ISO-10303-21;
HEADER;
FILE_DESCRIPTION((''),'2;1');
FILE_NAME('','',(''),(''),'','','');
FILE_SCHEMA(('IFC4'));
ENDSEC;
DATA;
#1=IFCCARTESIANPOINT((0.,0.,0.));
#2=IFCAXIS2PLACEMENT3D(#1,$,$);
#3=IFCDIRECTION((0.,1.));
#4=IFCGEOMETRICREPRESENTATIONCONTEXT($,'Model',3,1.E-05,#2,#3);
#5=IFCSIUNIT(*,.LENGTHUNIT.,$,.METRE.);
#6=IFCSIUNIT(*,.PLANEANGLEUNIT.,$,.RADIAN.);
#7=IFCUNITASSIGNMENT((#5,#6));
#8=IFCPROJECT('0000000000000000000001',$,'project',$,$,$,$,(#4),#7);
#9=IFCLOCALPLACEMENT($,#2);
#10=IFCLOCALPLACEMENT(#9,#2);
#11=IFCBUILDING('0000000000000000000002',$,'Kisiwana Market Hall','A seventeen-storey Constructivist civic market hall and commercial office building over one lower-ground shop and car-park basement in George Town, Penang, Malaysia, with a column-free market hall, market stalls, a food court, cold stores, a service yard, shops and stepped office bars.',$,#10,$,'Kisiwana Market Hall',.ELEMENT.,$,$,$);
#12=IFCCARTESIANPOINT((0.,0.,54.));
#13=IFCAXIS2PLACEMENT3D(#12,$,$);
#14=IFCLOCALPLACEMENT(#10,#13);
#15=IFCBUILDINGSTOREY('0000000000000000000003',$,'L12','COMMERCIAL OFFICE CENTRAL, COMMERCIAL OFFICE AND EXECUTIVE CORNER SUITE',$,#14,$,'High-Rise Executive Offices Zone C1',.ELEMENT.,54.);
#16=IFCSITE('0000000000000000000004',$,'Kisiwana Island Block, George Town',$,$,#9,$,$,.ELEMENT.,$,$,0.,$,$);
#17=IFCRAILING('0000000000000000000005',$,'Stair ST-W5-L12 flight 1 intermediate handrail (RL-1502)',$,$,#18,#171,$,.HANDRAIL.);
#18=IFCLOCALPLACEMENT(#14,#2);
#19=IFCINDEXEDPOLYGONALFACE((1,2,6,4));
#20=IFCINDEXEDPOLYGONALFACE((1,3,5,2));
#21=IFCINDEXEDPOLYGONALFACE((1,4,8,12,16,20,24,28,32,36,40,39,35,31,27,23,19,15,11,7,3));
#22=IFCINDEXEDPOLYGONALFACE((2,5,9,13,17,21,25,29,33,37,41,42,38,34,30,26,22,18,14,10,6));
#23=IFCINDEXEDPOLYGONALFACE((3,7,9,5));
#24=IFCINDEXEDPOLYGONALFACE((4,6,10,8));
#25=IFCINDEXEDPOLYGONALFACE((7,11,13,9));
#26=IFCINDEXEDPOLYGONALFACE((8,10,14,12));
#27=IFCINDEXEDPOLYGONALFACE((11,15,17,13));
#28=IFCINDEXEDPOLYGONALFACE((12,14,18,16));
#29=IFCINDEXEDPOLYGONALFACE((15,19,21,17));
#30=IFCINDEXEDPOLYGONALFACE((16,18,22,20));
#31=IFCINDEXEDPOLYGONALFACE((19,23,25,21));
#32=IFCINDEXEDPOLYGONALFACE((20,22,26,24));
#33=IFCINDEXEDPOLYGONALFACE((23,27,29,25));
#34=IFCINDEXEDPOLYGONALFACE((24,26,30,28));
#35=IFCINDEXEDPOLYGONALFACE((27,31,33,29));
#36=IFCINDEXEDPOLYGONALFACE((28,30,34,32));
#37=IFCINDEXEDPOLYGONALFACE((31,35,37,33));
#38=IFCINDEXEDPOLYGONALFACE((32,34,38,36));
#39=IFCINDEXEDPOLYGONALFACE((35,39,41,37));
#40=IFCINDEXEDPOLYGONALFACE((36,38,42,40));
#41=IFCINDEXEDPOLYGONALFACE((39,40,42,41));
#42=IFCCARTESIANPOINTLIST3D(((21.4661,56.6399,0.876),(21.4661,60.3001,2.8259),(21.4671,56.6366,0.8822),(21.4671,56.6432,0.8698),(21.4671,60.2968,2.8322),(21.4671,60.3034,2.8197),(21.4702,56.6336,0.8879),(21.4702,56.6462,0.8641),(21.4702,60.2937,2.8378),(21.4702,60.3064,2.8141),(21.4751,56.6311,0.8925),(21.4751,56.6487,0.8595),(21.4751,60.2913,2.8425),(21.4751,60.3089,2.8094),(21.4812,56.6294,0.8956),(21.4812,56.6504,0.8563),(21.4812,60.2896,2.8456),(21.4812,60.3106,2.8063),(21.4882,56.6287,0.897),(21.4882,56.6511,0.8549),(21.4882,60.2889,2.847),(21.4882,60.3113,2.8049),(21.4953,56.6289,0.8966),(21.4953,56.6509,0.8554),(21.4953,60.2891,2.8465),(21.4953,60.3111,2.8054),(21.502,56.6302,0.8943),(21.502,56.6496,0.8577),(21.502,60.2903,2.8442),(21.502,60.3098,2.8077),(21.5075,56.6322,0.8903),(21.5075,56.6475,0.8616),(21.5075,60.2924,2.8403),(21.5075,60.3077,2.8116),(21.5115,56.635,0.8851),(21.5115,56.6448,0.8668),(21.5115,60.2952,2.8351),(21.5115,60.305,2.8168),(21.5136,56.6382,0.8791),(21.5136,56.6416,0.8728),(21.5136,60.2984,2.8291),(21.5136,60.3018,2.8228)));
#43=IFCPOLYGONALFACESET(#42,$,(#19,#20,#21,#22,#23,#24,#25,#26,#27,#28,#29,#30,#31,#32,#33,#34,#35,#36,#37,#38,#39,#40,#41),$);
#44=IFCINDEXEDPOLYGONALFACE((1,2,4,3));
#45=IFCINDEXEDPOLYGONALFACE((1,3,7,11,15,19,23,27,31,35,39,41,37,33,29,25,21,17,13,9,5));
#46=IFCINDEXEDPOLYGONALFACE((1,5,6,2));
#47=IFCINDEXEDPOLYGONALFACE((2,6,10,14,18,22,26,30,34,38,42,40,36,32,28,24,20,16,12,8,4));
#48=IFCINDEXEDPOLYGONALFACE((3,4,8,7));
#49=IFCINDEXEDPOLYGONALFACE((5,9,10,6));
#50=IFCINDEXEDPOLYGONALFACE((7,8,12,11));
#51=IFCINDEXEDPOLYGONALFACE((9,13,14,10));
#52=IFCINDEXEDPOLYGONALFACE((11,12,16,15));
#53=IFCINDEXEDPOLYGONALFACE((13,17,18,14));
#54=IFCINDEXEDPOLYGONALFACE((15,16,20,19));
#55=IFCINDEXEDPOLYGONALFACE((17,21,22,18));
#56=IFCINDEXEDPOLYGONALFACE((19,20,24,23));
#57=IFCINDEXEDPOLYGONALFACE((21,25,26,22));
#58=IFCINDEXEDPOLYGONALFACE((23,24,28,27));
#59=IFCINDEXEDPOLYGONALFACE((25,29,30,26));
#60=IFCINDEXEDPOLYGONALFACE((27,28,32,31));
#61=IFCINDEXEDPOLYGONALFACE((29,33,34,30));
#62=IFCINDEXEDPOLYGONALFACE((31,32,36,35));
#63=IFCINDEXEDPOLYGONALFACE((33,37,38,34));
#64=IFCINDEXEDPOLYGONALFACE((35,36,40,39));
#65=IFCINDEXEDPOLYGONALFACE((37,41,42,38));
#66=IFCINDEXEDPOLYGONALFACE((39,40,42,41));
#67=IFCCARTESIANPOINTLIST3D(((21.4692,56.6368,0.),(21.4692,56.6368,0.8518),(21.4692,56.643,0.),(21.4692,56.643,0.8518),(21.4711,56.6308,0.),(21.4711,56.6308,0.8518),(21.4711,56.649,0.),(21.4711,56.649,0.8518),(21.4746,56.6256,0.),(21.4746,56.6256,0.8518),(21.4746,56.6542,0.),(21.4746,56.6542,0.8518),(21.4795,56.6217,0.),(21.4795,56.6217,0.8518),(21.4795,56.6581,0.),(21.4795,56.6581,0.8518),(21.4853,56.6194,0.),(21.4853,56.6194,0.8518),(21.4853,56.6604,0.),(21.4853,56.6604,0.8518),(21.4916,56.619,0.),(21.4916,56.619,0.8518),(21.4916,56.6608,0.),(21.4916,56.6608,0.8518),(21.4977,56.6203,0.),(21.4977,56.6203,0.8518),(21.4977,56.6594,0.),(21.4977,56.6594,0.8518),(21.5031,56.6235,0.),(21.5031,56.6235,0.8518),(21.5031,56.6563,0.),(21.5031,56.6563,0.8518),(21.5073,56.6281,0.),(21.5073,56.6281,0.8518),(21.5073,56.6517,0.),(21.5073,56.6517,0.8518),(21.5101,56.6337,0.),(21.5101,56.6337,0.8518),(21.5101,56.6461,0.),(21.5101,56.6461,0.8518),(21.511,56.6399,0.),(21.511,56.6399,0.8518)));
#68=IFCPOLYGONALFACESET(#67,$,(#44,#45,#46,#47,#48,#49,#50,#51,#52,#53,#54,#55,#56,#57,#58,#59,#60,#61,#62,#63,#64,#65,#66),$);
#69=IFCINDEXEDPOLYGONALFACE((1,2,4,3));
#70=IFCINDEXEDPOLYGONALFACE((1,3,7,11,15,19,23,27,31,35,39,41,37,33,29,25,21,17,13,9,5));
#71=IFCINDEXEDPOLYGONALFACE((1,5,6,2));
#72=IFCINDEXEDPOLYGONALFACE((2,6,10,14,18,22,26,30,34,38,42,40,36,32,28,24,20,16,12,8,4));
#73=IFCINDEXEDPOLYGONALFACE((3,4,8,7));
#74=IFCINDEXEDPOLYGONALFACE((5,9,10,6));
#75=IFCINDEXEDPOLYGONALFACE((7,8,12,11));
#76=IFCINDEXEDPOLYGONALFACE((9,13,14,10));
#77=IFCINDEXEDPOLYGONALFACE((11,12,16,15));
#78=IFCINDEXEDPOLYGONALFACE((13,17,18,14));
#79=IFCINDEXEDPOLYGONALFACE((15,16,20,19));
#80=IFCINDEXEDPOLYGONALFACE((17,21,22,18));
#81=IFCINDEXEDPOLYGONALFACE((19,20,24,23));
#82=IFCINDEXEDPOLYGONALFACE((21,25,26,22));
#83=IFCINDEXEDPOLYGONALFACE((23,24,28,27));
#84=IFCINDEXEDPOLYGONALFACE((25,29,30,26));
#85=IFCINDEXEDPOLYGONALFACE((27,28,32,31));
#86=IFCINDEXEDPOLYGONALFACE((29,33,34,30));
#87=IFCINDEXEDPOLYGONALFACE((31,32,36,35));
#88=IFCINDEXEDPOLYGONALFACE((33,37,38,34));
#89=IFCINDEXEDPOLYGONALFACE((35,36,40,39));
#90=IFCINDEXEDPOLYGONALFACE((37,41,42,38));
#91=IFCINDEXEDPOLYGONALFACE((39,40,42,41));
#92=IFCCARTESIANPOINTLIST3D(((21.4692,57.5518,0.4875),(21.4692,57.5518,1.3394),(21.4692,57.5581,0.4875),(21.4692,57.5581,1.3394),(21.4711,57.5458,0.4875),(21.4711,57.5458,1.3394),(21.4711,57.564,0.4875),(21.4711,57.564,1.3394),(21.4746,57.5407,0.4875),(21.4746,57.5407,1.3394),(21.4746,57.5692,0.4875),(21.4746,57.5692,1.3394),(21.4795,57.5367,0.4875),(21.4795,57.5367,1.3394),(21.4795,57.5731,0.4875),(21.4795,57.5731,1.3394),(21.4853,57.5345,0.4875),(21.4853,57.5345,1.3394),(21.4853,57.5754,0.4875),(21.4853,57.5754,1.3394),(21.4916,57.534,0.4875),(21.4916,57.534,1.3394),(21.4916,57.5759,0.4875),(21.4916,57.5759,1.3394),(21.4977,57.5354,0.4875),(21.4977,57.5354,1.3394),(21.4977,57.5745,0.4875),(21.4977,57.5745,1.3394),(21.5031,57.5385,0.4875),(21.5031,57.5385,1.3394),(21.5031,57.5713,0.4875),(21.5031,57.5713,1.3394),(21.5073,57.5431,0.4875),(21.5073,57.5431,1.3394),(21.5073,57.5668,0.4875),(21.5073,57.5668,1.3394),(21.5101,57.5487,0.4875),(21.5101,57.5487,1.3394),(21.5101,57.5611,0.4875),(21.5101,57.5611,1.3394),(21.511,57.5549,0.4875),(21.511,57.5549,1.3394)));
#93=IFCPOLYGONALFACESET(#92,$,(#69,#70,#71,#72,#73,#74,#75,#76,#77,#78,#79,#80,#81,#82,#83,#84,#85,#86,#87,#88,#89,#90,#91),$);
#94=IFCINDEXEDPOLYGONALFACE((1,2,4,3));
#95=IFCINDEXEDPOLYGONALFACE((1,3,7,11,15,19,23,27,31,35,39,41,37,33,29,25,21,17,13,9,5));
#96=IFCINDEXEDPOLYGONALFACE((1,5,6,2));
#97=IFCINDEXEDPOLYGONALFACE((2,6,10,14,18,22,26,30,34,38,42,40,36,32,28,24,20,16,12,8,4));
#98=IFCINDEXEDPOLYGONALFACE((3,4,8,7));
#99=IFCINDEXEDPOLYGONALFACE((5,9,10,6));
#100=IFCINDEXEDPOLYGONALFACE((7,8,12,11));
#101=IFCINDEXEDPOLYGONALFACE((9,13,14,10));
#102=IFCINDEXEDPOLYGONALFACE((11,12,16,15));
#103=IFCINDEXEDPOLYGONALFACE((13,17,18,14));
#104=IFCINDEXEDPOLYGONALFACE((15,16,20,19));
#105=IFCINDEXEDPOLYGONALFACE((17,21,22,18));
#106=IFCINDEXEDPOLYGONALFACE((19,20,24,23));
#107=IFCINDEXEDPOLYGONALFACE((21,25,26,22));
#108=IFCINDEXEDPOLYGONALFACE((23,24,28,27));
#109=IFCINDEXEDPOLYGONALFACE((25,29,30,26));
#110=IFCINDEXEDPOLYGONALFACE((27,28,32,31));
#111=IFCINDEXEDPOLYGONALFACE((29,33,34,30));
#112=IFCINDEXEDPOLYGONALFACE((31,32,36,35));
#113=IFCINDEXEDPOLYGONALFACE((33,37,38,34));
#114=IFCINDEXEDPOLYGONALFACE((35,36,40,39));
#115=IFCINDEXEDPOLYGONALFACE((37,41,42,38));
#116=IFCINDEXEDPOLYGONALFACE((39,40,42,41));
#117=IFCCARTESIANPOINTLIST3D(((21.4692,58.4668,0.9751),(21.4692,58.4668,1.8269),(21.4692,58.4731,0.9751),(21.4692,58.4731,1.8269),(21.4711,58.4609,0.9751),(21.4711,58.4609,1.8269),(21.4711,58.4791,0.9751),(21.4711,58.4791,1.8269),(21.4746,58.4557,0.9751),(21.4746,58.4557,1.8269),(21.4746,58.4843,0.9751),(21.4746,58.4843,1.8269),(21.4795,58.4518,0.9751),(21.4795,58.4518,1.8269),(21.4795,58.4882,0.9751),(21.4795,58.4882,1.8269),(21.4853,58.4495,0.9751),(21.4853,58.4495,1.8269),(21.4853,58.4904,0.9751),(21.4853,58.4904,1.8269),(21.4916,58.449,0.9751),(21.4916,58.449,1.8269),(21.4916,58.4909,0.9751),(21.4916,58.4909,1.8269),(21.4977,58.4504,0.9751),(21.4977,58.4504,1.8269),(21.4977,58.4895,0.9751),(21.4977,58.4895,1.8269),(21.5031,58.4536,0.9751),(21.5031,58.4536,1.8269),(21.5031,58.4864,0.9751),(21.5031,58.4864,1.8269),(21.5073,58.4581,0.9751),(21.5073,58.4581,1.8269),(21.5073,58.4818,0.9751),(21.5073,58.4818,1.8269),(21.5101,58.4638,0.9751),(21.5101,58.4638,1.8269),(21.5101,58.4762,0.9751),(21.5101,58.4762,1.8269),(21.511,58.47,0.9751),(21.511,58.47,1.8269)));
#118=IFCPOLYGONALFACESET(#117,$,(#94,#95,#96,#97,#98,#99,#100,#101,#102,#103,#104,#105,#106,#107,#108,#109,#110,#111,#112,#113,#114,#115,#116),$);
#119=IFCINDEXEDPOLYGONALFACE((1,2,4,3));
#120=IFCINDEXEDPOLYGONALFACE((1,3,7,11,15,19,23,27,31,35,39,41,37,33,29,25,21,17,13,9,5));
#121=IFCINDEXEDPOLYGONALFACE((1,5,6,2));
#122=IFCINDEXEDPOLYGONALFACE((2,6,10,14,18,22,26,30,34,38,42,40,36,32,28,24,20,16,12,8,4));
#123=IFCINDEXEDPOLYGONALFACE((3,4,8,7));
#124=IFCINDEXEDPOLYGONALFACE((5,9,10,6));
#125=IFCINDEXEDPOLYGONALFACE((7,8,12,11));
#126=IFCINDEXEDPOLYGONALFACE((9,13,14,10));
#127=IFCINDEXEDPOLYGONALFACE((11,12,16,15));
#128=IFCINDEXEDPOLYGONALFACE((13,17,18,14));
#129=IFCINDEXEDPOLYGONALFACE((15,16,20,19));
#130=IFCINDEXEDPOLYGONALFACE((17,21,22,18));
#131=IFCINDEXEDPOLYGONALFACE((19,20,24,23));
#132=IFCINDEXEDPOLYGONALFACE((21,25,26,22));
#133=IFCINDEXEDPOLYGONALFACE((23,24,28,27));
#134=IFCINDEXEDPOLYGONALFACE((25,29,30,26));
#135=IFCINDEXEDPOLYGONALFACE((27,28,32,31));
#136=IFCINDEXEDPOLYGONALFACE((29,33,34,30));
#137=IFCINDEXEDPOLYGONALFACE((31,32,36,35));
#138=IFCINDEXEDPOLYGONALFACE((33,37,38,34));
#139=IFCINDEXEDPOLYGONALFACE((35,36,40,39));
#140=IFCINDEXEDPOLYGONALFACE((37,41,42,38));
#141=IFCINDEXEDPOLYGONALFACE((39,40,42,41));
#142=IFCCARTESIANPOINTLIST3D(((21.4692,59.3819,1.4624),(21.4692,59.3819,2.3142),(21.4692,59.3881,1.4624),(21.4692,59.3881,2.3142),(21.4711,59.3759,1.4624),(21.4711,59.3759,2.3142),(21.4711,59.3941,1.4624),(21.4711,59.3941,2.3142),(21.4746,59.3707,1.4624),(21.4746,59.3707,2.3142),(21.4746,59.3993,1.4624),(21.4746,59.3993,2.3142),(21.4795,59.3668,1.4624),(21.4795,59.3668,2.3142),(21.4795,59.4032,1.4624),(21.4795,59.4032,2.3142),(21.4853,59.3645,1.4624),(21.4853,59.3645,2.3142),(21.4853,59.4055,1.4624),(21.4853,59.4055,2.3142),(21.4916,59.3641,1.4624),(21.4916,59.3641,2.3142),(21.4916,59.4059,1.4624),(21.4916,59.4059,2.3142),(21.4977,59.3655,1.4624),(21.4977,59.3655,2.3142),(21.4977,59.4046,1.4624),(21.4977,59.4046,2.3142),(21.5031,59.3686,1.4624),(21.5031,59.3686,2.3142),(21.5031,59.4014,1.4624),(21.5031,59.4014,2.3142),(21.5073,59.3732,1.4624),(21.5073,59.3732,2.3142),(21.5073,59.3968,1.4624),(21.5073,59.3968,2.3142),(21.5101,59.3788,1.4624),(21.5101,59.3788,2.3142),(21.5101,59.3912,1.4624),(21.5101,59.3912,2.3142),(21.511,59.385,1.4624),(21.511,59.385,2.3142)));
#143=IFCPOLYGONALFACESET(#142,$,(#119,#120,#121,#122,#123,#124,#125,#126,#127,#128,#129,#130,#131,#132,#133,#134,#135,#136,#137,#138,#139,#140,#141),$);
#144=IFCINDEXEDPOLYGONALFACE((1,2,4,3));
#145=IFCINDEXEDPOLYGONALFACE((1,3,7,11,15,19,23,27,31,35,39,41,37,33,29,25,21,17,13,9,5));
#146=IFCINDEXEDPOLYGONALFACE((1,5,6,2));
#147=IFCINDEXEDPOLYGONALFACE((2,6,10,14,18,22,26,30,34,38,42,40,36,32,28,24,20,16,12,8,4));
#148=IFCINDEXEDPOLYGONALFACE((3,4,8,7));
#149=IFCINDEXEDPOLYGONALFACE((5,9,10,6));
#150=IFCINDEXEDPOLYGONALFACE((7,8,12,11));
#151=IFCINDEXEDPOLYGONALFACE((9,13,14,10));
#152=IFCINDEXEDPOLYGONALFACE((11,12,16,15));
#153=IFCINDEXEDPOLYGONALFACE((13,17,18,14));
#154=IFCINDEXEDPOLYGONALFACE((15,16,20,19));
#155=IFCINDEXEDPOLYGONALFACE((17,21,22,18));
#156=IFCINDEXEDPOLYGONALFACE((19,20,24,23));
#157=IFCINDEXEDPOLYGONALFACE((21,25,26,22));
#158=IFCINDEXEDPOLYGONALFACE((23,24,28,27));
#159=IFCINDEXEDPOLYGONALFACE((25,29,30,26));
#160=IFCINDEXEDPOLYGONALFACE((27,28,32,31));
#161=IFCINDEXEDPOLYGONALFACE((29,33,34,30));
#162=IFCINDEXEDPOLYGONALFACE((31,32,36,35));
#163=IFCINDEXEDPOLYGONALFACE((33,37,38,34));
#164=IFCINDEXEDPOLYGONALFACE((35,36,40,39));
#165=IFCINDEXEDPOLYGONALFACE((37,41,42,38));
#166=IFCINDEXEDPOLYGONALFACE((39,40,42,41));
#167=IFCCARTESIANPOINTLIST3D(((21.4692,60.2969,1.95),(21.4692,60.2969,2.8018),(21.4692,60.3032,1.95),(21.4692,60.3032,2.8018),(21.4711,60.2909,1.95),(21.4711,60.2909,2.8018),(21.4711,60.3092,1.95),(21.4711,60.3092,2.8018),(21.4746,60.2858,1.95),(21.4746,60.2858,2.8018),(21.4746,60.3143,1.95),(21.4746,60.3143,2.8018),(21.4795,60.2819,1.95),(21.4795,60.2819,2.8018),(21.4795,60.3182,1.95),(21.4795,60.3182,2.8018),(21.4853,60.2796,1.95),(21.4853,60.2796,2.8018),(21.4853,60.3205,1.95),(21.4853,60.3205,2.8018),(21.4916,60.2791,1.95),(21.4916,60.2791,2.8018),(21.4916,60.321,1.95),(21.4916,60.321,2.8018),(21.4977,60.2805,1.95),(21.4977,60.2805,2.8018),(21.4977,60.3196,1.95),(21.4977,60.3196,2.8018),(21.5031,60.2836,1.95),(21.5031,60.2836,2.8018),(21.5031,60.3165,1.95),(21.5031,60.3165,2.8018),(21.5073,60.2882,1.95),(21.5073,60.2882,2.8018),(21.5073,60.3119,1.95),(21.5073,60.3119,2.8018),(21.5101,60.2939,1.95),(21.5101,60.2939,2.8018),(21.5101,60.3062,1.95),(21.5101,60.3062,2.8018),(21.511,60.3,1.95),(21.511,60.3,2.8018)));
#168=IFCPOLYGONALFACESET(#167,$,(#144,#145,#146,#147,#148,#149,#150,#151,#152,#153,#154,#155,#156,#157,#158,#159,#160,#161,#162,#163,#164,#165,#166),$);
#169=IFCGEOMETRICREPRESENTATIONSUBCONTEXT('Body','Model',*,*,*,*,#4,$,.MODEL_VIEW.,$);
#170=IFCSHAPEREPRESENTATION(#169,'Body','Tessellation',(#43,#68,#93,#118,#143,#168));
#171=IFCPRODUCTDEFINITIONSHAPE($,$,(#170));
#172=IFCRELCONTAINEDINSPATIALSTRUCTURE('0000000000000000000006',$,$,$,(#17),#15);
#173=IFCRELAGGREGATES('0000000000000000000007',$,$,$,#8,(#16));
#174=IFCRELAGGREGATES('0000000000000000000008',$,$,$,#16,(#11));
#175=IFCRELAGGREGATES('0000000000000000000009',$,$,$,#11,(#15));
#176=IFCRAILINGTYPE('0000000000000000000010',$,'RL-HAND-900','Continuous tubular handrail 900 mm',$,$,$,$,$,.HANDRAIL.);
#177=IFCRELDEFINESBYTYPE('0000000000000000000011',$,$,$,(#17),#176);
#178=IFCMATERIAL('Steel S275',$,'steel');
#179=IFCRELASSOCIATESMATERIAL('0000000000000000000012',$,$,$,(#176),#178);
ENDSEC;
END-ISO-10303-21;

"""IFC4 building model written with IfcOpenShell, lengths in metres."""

from ifc_helpers import new_model, si_unit, direction, frame, origin, origin_2d, place, context, subcontext, project, spatial, circle, extrude, material, type_object, element, save


model = new_model("IFC4")

# Units and contexts
model_context = context("Model", 3, precision=1e-05, world=origin(), true_north=direction((0.0, 1.0)))
body_context = subcontext(model_context, "Body", "Model", "MODEL_VIEW")
ifc_project = project(units=[si_unit("LENGTHUNIT", "METRE"), si_unit("PLANEANGLEUNIT", "RADIAN")], contexts=[model_context])

# Site, building, storey
site_placement = place(None, origin())
site = spatial("IfcSite", under=ifc_project, at=site_placement, Name="Kisiwana Island Block, George Town", CompositionType="ELEMENT", RefElevation=0.0)
building_placement = place(site_placement, origin())
building = spatial("IfcBuilding", under=site, at=building_placement, Name="Kisiwana Market Hall", Description="A seventeen-storey Constructivist civic market hall and commercial office building over one lower-ground shop and car-park basement in George Town, Penang, Malaysia, with a column-free market hall, market stalls, a food court, cold stores, a service yard, shops and stepped office bars.", LongName="Kisiwana Market Hall", CompositionType="ELEMENT")
storey_placement = place(building_placement, frame((0.0, 0.0, 54.0)))
storey = spatial("IfcBuildingStorey", under=building, at=storey_placement, Name="L12", Description="COMMERCIAL OFFICE CENTRAL, COMMERCIAL OFFICE AND EXECUTIVE CORNER SUITE", LongName="High-Rise Executive Offices Zone C1", CompositionType="ELEMENT", Elevation=54.0)

# Railing
ifc_material_1 = material(Name="Steel S275", Category="steel")
railing_type_1 = type_object("IfcRailingType", Name="RL-HAND-900", Description="Continuous tubular handrail 900 mm", PredefinedType="HANDRAIL", material=ifc_material_1)
railing_1_placement = place(storey_placement, frame((21.49, 56.6399, 0.0)))
element("IfcRailing", 1, at=railing_1_placement, inside=storey, type_object=railing_type_1, Name="Stair ST-W5-L12 flight 1 intermediate handrail (RL-1502)", PredefinedType="HANDRAIL", context=body_context, shape_type="SweptSolid", body=[
    extrude(circle(Radius=0.0239, at=origin_2d()), frame((0.0, 0.0, 0.876), z_axis=(0.0, 0.882566, 0.470188), x_axis=(-1.0, 0.0, 0.0)), (0.0, 0.0, 1.0), 4.1472),
    extrude(circle(Radius=0.021, at=origin_2d()), origin(), (0.0, 0.0, 1.0), 0.8518),
    extrude(circle(Radius=0.021, at=origin_2d()), frame((0.0, 0.915, 0.4875)), (0.0, 0.0, 1.0), 0.8518),
    extrude(circle(Radius=0.021, at=origin_2d()), frame((0.0, 1.8301, 0.9751)), (0.0, 0.0, 1.0), 0.8518),
    extrude(circle(Radius=0.021, at=origin_2d()), frame((0.0, 2.7451, 1.4624)), (0.0, 0.0, 1.0), 0.8518),
    extrude(circle(Radius=0.021, at=origin_2d()), frame((0.0, 3.6602, 1.95)), (0.0, 0.0, 1.0), 0.8518),
])

save(model, "model.ifc")
